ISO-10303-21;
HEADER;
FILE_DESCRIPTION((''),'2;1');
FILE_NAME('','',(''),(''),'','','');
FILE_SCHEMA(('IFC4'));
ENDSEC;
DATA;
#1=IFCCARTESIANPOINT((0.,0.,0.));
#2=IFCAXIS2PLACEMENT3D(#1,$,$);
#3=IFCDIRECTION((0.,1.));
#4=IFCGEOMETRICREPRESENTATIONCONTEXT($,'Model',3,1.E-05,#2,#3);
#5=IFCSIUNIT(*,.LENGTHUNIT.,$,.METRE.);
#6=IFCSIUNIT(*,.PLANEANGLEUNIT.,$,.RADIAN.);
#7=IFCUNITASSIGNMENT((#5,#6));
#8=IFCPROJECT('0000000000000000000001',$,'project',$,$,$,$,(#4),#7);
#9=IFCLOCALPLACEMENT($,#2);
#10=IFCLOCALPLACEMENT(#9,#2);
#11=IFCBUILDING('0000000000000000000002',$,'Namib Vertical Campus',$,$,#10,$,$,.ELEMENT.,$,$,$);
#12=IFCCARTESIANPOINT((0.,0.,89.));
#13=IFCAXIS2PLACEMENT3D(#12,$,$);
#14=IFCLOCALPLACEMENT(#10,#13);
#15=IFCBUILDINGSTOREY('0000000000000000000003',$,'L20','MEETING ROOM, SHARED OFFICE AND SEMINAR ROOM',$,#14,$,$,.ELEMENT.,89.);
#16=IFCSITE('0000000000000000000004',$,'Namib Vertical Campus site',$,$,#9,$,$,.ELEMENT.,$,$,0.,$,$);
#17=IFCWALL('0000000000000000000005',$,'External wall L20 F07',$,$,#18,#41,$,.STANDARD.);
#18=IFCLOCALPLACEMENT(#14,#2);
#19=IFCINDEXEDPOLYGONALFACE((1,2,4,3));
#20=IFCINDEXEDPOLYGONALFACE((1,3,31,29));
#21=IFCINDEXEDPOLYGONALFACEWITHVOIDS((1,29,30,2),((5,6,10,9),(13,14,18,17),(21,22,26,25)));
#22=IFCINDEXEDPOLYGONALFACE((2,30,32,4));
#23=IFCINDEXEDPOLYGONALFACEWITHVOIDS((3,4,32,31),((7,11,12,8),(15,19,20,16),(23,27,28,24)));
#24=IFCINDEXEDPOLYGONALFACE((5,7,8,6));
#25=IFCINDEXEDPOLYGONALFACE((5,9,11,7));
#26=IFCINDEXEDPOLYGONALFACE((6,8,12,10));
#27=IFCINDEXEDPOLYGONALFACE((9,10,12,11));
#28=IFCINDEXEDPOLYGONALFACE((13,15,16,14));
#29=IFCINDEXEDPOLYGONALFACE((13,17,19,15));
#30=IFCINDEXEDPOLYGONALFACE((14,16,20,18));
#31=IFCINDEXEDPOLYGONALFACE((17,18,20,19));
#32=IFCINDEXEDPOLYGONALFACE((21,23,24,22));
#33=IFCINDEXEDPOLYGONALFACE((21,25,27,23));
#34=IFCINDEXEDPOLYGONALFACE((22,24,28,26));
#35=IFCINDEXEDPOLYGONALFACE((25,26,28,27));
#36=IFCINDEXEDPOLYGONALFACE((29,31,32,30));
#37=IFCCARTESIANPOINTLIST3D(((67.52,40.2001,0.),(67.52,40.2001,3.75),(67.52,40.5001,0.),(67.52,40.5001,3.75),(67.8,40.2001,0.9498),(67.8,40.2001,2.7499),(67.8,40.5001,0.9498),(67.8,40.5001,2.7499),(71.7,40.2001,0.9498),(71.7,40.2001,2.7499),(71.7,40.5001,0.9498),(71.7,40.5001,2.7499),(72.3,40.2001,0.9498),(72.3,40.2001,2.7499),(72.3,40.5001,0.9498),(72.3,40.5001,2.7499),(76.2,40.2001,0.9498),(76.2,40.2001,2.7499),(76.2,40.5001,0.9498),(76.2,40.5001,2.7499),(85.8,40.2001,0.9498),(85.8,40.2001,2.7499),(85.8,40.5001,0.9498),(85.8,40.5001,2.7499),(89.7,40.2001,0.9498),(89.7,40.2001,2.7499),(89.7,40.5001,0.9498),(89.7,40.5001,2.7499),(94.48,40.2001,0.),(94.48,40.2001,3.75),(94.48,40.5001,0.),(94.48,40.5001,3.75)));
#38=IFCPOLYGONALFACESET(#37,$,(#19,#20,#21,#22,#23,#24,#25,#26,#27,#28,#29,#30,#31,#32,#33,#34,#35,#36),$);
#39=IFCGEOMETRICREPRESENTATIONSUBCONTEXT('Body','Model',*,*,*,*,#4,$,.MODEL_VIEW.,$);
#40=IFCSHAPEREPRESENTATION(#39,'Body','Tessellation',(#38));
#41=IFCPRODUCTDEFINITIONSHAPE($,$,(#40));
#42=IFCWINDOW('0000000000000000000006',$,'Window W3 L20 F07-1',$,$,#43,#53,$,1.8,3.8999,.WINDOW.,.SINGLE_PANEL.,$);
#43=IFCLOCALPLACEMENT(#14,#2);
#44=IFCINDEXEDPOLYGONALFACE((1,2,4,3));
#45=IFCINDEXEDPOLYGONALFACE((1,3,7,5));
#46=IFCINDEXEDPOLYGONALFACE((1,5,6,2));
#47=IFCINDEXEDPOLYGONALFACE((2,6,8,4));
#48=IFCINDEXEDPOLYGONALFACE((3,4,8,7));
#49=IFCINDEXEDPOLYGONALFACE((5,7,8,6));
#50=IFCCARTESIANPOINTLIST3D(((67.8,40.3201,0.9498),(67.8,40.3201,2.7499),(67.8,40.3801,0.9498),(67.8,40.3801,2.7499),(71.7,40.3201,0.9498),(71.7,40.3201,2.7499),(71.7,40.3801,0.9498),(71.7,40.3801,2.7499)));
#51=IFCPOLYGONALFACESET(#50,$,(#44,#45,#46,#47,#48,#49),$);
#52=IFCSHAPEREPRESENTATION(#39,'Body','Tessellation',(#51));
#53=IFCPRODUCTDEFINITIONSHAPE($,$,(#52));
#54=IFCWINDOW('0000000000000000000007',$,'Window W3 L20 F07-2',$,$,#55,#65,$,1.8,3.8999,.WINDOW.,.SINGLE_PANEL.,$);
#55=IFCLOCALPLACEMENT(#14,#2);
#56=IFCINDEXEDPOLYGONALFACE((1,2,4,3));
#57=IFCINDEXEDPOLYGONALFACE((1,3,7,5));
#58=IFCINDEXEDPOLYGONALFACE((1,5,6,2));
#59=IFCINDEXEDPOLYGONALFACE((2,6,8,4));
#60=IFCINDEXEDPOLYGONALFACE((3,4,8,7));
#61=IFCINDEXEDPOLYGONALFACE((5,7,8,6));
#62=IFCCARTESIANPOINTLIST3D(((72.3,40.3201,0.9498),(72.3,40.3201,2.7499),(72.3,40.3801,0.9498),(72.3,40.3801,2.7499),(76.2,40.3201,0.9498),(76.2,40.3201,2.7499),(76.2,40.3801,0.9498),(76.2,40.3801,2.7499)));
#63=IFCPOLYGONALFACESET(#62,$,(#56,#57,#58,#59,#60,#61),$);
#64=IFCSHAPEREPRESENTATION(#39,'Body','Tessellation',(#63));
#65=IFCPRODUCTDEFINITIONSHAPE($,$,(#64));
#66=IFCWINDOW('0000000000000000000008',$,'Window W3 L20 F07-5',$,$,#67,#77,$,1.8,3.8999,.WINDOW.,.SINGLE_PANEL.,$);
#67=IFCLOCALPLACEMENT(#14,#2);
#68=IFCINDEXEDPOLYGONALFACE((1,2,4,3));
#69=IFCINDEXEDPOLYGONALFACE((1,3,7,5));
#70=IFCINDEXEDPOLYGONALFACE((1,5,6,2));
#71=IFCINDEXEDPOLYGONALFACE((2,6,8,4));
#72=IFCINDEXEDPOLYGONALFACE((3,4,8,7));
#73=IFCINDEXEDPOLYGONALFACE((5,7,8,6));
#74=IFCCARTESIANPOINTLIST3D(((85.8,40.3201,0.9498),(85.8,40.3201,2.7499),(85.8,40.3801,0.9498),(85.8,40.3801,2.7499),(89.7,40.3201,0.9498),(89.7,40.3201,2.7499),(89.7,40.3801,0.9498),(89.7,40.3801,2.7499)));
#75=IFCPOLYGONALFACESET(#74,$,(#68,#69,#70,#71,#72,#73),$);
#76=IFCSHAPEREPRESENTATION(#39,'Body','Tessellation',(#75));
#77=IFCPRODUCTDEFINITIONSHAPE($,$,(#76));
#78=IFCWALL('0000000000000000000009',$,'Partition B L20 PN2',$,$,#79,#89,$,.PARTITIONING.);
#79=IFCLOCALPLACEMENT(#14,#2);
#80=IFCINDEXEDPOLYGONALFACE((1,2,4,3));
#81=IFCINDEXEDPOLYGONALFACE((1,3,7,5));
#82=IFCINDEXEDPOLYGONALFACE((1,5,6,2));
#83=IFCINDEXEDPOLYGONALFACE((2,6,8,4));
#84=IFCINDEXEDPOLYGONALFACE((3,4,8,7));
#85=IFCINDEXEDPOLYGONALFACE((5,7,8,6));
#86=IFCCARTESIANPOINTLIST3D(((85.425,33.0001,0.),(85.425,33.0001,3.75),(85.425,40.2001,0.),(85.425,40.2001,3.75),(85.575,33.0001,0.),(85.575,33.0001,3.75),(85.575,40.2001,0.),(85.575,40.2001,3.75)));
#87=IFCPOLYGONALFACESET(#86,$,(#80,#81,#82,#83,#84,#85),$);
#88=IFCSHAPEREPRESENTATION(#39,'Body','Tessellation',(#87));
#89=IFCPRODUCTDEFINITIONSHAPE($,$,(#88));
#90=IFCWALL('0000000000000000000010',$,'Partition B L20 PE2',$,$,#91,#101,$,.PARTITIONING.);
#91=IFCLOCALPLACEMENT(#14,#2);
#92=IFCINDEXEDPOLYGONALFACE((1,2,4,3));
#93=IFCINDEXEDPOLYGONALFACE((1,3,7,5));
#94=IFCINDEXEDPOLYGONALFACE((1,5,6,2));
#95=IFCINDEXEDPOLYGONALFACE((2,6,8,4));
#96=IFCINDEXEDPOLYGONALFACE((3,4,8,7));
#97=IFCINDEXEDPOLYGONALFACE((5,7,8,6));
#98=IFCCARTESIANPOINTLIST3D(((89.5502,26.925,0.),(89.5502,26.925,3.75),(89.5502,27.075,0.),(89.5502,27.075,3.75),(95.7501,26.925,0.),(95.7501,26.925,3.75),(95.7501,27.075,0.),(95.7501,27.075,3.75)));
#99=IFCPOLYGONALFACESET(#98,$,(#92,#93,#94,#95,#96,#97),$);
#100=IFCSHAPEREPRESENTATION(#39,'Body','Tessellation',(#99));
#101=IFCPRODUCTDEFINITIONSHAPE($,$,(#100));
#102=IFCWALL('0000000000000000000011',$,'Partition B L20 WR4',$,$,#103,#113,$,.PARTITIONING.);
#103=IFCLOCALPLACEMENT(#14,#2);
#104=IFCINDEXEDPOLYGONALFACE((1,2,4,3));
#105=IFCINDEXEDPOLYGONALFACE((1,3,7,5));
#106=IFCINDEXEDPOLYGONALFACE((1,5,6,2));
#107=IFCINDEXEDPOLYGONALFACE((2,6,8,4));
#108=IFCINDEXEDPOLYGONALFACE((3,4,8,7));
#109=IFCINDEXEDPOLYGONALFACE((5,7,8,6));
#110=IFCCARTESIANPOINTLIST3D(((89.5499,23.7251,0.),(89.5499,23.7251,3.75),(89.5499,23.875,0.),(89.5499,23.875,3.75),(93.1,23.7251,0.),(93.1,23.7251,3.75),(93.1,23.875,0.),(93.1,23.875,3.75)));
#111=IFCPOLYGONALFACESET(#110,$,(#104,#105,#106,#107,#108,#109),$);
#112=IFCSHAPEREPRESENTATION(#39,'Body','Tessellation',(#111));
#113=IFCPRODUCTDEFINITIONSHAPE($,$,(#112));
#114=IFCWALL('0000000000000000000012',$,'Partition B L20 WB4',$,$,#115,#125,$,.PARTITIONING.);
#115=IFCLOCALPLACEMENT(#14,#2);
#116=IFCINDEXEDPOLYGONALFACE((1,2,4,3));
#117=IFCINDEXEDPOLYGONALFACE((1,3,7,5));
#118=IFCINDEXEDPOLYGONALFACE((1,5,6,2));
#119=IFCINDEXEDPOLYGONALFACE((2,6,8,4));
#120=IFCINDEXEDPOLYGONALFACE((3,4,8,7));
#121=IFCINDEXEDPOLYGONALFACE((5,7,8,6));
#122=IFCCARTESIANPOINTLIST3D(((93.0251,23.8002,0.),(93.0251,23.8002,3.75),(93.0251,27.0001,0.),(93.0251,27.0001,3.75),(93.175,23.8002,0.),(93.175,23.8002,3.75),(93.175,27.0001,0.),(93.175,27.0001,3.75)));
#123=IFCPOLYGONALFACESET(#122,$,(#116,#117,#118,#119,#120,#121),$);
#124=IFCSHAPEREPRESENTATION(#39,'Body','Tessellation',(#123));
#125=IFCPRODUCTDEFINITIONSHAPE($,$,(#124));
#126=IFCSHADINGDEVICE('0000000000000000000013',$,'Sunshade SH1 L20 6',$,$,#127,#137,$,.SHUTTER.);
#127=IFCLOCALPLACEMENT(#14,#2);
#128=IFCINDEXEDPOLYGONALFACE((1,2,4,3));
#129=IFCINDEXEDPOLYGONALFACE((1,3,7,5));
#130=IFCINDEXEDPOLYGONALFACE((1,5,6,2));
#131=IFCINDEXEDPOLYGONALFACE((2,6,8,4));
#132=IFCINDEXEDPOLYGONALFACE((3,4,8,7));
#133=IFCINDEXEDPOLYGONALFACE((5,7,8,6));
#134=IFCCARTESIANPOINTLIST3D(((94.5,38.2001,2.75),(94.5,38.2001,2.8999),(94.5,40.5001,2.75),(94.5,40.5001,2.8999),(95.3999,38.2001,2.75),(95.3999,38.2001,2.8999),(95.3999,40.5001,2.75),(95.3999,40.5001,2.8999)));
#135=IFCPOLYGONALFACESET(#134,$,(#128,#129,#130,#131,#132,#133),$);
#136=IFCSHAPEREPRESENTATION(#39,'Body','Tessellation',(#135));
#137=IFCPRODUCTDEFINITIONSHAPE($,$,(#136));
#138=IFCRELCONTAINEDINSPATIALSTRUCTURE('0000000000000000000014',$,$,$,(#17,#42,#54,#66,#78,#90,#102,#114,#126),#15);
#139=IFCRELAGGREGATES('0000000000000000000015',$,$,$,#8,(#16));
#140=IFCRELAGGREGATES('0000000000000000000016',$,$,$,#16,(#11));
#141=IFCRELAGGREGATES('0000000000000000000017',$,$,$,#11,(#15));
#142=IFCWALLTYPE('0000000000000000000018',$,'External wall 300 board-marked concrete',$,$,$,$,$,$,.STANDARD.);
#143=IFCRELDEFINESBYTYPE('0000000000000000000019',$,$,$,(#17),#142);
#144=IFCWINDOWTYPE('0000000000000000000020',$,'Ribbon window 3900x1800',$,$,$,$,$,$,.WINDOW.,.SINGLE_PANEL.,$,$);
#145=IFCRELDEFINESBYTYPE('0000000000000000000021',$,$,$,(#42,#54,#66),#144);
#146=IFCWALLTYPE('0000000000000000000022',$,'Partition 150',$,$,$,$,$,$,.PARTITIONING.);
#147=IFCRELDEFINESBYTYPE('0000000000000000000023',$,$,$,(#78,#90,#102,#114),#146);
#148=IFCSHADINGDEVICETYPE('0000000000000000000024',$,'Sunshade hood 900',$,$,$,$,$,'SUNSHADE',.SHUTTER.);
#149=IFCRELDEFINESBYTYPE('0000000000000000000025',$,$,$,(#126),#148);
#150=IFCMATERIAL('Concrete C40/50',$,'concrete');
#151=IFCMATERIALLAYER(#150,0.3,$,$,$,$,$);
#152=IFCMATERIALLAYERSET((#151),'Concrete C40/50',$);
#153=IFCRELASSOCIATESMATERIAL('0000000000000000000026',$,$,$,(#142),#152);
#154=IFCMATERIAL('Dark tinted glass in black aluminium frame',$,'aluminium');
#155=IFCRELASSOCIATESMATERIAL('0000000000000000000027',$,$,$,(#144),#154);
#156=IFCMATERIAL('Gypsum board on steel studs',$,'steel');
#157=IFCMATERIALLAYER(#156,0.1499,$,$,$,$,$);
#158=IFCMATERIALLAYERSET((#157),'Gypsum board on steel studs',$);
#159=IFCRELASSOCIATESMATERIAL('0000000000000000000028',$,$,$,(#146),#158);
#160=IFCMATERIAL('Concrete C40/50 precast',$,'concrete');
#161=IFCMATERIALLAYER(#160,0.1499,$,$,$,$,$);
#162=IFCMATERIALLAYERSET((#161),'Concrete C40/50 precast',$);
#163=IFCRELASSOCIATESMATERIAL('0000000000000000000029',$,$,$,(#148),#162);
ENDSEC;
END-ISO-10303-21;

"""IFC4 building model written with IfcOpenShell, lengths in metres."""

from ifc_helpers import new_model, si_unit, direction, frame, frame_2d, origin, origin_2d, place, context, subcontext, project, spatial, rectangle, extrude, material, layer, layer_set, type_object, element, fill, save


model = new_model("IFC4")

# Units and contexts
model_context = context("Model", 3, precision=1e-05, world=origin(), true_north=direction((0.0, 1.0)))
body_context = subcontext(model_context, "Body", "Model", "MODEL_VIEW")
ifc_project = project(units=[si_unit("LENGTHUNIT", "METRE"), si_unit("PLANEANGLEUNIT", "RADIAN")], contexts=[model_context])

# Site, building, storey
site_placement = place(None, origin())
site = spatial("IfcSite", under=ifc_project, at=site_placement, Name="Namib Vertical Campus site", CompositionType="ELEMENT", RefElevation=0.0)
building_placement = place(site_placement, origin())
building = spatial("IfcBuilding", under=site, at=building_placement, Name="Namib Vertical Campus", CompositionType="ELEMENT")
storey_placement = place(building_placement, frame((0.0, 0.0, 89.0)))
storey = spatial("IfcBuildingStorey", under=building, at=storey_placement, Name="L20", Description="MEETING ROOM, SHARED OFFICE AND SEMINAR ROOM", CompositionType="ELEMENT", Elevation=89.0)

# Shared definitions
ifc_material_1 = material(Name="Concrete C40/50", Category="concrete")
ifc_layer_1 = layer(ifc_material_1, 0.3)
ifc_layer_set_1 = layer_set([ifc_layer_1], Name="Concrete C40/50")
wall_type_1 = type_object("IfcWallType", Name="External wall 300 board-marked concrete", PredefinedType="STANDARD", material=ifc_layer_set_1)

# Wall, openings, windows
wall_1_placement = place(storey_placement, frame((94.48, 40.3501, 0.0), z_axis=(0.0, 0.0, 1.0), x_axis=(-1.0, 0.0, 0.0)))
wall_1 = element("IfcWall", 1, at=wall_1_placement, inside=storey, type_object=wall_type_1, Name="External wall L20 F07", PredefinedType="STANDARD", context=body_context, shape_type="SweptSolid", body=[
    extrude(rectangle(XDim=26.96, YDim=0.3, at=frame_2d((13.48, 0.0))), origin(), (0.0, 0.0, 1.0), 3.75),
])
opening_1_placement = place(wall_1_placement, frame((22.78, 0.0, 0.95)))
opening_1 = element("IfcOpeningElement", 2, at=opening_1_placement, cuts=wall_1, PredefinedType="OPENING", context=body_context, shape_type="SweptSolid", body=[
    extrude(rectangle(XDim=3.8999, YDim=1.8, at=frame_2d((1.95, 0.8999))), frame((0.0, 0.1599, 0.0), z_axis=(0.0, -1.0, 0.0), x_axis=(1.0, 0.0, 0.0)), (0.0, 0.0, 1.0), 0.3201),
])
opening_2_placement = place(wall_1_placement, frame((18.28, 0.0, 0.95)))
opening_2 = element("IfcOpeningElement", 3, at=opening_2_placement, cuts=wall_1, PredefinedType="OPENING", context=body_context, shape_type="SweptSolid", body=[
    extrude(rectangle(XDim=3.8999, YDim=1.8, at=frame_2d((1.95, 0.8999))), frame((0.0, 0.1599, 0.0), z_axis=(0.0, -1.0, 0.0), x_axis=(1.0, 0.0, 0.0)), (0.0, 0.0, 1.0), 0.3201),
])
opening_3_placement = place(wall_1_placement, frame((4.78, 0.0, 0.95)))
opening_3 = element("IfcOpeningElement", 4, at=opening_3_placement, cuts=wall_1, PredefinedType="OPENING", context=body_context, shape_type="SweptSolid", body=[
    extrude(rectangle(XDim=3.8999, YDim=1.8, at=frame_2d((1.95, 0.8999))), frame((0.0, 0.1599, 0.0), z_axis=(0.0, -1.0, 0.0), x_axis=(1.0, 0.0, 0.0)), (0.0, 0.0, 1.0), 0.3201),
])
ifc_material_2 = material(Name="Dark tinted glass in black aluminium frame", Category="aluminium")
window_type = type_object("IfcWindowType", Name="Ribbon window 3900x1800", PartitioningType="SINGLE_PANEL", PredefinedType="WINDOW", material=ifc_material_2)
window_1_placement = place(opening_1_placement, origin())
window_1 = element("IfcWindow", 5, at=window_1_placement, inside=storey, type_object=window_type, Name="Window W3 L20 F07-1", OverallHeight=1.8, OverallWidth=3.8999, PartitioningType="SINGLE_PANEL", PredefinedType="WINDOW", context=body_context, shape_type="SweptSolid", body=[
    extrude(rectangle(XDim=3.8999, YDim=1.8, at=frame_2d((1.95, 0.8999))), frame((0.0, 0.03, 0.0), z_axis=(0.0, -1.0, 0.0), x_axis=(1.0, 0.0, 0.0)), (0.0, 0.0, 1.0), 0.0601),
])
fill(opening_1, window_1)
window_2_placement = place(opening_2_placement, origin())
window_2 = element("IfcWindow", 6, at=window_2_placement, inside=storey, type_object=window_type, Name="Window W3 L20 F07-2", OverallHeight=1.8, OverallWidth=3.8999, PartitioningType="SINGLE_PANEL", PredefinedType="WINDOW", context=body_context, shape_type="SweptSolid", body=[
    extrude(rectangle(XDim=3.8999, YDim=1.8, at=frame_2d((1.95, 0.8999))), frame((0.0, 0.03, 0.0), z_axis=(0.0, -1.0, 0.0), x_axis=(1.0, 0.0, 0.0)), (0.0, 0.0, 1.0), 0.0601),
])
fill(opening_2, window_2)
window_3_placement = place(opening_3_placement, origin())
window_3 = element("IfcWindow", 7, at=window_3_placement, inside=storey, type_object=window_type, Name="Window W3 L20 F07-5", OverallHeight=1.8, OverallWidth=3.8999, PartitioningType="SINGLE_PANEL", PredefinedType="WINDOW", context=body_context, shape_type="SweptSolid", body=[
    extrude(rectangle(XDim=3.8999, YDim=1.8, at=frame_2d((1.95, 0.8999))), frame((0.0, 0.03, 0.0), z_axis=(0.0, -1.0, 0.0), x_axis=(1.0, 0.0, 0.0)), (0.0, 0.0, 1.0), 0.0601),
])
fill(opening_3, window_3)

# Walls
ifc_material_3 = material(Name="Gypsum board on steel studs", Category="steel")
ifc_layer_2 = layer(ifc_material_3, 0.1499)
ifc_layer_set_2 = layer_set([ifc_layer_2], Name="Gypsum board on steel studs")
wall_type_2 = type_object("IfcWallType", Name="Partition 150", PredefinedType="PARTITIONING", material=ifc_layer_set_2)
wall_2_placement = place(storey_placement, frame((85.5, 33.0, 0.0), z_axis=(0.0, 0.0, 1.0), x_axis=(0.0, 1.0, 0.0)))
element("IfcWall", 8, at=wall_2_placement, inside=storey, type_object=wall_type_2, Name="Partition B L20 PN2", PredefinedType="PARTITIONING", context=body_context, shape_type="SweptSolid", body=[
    extrude(rectangle(XDim=7.2, YDim=0.1499, at=frame_2d((3.6001, 0.0))), origin(), (0.0, 0.0, 1.0), 3.75),
])
wall_3_placement = place(storey_placement, frame((89.55, 27.0, 0.0), z_axis=(0.0, 0.0, 1.0), x_axis=(1.0, 0.0, 0.0)))
element("IfcWall", 9, at=wall_3_placement, inside=storey, type_object=wall_type_2, Name="Partition B L20 PE2", PredefinedType="PARTITIONING", context=body_context, shape_type="SweptSolid", body=[
    extrude(rectangle(XDim=6.2, YDim=0.1499, at=frame_2d((3.1001, 0.0))), origin(), (0.0, 0.0, 1.0), 3.75),
])
wall_4_placement = place(storey_placement, frame((89.55, 23.8, 0.0), z_axis=(0.0, 0.0, 1.0), x_axis=(1.0, 0.0, 0.0)))
element("IfcWall", 10, at=wall_4_placement, inside=storey, type_object=wall_type_2, Name="Partition B L20 WR4", PredefinedType="PARTITIONING", context=body_context, shape_type="SweptSolid", body=[
    extrude(rectangle(XDim=3.55, YDim=0.1499, at=frame_2d((1.7749, 0.0))), origin(), (0.0, 0.0, 1.0), 3.75),
])
wall_5_placement = place(storey_placement, frame((93.1001, 23.8, 0.0), z_axis=(0.0, 0.0, 1.0), x_axis=(0.0, 1.0, 0.0)))
element("IfcWall", 11, at=wall_5_placement, inside=storey, type_object=wall_type_2, Name="Partition B L20 WB4", PredefinedType="PARTITIONING", context=body_context, shape_type="SweptSolid", body=[
    extrude(rectangle(XDim=3.2, YDim=0.1499, at=frame_2d((1.6001, 0.0))), origin(), (0.0, 0.0, 1.0), 3.75),
])

# Shading device
ifc_material_4 = material(Name="Concrete C40/50 precast", Category="concrete")
ifc_layer_3 = layer(ifc_material_4, 0.1499)
ifc_layer_set_3 = layer_set([ifc_layer_3], Name="Concrete C40/50 precast")
shading_device_type = type_object("IfcShadingDeviceType", Name="Sunshade hood 900", ElementType="SUNSHADE", PredefinedType="SHUTTER", material=ifc_layer_set_3)
shading_device_placement = place(storey_placement, frame((94.95, 39.3501, 2.75), z_axis=(0.0, 0.0, 1.0), x_axis=(0.0, 1.0, 0.0)))
element("IfcShadingDevice", 12, at=shading_device_placement, inside=storey, type_object=shading_device_type, Name="Sunshade SH1 L20 6", PredefinedType="SHUTTER", context=body_context, shape_type="SweptSolid", body=[
    extrude(rectangle(XDim=2.3, YDim=0.8999, at=origin_2d()), origin(), (0.0, 0.0, 1.0), 0.1499),
])

save(model, "model.ifc")
